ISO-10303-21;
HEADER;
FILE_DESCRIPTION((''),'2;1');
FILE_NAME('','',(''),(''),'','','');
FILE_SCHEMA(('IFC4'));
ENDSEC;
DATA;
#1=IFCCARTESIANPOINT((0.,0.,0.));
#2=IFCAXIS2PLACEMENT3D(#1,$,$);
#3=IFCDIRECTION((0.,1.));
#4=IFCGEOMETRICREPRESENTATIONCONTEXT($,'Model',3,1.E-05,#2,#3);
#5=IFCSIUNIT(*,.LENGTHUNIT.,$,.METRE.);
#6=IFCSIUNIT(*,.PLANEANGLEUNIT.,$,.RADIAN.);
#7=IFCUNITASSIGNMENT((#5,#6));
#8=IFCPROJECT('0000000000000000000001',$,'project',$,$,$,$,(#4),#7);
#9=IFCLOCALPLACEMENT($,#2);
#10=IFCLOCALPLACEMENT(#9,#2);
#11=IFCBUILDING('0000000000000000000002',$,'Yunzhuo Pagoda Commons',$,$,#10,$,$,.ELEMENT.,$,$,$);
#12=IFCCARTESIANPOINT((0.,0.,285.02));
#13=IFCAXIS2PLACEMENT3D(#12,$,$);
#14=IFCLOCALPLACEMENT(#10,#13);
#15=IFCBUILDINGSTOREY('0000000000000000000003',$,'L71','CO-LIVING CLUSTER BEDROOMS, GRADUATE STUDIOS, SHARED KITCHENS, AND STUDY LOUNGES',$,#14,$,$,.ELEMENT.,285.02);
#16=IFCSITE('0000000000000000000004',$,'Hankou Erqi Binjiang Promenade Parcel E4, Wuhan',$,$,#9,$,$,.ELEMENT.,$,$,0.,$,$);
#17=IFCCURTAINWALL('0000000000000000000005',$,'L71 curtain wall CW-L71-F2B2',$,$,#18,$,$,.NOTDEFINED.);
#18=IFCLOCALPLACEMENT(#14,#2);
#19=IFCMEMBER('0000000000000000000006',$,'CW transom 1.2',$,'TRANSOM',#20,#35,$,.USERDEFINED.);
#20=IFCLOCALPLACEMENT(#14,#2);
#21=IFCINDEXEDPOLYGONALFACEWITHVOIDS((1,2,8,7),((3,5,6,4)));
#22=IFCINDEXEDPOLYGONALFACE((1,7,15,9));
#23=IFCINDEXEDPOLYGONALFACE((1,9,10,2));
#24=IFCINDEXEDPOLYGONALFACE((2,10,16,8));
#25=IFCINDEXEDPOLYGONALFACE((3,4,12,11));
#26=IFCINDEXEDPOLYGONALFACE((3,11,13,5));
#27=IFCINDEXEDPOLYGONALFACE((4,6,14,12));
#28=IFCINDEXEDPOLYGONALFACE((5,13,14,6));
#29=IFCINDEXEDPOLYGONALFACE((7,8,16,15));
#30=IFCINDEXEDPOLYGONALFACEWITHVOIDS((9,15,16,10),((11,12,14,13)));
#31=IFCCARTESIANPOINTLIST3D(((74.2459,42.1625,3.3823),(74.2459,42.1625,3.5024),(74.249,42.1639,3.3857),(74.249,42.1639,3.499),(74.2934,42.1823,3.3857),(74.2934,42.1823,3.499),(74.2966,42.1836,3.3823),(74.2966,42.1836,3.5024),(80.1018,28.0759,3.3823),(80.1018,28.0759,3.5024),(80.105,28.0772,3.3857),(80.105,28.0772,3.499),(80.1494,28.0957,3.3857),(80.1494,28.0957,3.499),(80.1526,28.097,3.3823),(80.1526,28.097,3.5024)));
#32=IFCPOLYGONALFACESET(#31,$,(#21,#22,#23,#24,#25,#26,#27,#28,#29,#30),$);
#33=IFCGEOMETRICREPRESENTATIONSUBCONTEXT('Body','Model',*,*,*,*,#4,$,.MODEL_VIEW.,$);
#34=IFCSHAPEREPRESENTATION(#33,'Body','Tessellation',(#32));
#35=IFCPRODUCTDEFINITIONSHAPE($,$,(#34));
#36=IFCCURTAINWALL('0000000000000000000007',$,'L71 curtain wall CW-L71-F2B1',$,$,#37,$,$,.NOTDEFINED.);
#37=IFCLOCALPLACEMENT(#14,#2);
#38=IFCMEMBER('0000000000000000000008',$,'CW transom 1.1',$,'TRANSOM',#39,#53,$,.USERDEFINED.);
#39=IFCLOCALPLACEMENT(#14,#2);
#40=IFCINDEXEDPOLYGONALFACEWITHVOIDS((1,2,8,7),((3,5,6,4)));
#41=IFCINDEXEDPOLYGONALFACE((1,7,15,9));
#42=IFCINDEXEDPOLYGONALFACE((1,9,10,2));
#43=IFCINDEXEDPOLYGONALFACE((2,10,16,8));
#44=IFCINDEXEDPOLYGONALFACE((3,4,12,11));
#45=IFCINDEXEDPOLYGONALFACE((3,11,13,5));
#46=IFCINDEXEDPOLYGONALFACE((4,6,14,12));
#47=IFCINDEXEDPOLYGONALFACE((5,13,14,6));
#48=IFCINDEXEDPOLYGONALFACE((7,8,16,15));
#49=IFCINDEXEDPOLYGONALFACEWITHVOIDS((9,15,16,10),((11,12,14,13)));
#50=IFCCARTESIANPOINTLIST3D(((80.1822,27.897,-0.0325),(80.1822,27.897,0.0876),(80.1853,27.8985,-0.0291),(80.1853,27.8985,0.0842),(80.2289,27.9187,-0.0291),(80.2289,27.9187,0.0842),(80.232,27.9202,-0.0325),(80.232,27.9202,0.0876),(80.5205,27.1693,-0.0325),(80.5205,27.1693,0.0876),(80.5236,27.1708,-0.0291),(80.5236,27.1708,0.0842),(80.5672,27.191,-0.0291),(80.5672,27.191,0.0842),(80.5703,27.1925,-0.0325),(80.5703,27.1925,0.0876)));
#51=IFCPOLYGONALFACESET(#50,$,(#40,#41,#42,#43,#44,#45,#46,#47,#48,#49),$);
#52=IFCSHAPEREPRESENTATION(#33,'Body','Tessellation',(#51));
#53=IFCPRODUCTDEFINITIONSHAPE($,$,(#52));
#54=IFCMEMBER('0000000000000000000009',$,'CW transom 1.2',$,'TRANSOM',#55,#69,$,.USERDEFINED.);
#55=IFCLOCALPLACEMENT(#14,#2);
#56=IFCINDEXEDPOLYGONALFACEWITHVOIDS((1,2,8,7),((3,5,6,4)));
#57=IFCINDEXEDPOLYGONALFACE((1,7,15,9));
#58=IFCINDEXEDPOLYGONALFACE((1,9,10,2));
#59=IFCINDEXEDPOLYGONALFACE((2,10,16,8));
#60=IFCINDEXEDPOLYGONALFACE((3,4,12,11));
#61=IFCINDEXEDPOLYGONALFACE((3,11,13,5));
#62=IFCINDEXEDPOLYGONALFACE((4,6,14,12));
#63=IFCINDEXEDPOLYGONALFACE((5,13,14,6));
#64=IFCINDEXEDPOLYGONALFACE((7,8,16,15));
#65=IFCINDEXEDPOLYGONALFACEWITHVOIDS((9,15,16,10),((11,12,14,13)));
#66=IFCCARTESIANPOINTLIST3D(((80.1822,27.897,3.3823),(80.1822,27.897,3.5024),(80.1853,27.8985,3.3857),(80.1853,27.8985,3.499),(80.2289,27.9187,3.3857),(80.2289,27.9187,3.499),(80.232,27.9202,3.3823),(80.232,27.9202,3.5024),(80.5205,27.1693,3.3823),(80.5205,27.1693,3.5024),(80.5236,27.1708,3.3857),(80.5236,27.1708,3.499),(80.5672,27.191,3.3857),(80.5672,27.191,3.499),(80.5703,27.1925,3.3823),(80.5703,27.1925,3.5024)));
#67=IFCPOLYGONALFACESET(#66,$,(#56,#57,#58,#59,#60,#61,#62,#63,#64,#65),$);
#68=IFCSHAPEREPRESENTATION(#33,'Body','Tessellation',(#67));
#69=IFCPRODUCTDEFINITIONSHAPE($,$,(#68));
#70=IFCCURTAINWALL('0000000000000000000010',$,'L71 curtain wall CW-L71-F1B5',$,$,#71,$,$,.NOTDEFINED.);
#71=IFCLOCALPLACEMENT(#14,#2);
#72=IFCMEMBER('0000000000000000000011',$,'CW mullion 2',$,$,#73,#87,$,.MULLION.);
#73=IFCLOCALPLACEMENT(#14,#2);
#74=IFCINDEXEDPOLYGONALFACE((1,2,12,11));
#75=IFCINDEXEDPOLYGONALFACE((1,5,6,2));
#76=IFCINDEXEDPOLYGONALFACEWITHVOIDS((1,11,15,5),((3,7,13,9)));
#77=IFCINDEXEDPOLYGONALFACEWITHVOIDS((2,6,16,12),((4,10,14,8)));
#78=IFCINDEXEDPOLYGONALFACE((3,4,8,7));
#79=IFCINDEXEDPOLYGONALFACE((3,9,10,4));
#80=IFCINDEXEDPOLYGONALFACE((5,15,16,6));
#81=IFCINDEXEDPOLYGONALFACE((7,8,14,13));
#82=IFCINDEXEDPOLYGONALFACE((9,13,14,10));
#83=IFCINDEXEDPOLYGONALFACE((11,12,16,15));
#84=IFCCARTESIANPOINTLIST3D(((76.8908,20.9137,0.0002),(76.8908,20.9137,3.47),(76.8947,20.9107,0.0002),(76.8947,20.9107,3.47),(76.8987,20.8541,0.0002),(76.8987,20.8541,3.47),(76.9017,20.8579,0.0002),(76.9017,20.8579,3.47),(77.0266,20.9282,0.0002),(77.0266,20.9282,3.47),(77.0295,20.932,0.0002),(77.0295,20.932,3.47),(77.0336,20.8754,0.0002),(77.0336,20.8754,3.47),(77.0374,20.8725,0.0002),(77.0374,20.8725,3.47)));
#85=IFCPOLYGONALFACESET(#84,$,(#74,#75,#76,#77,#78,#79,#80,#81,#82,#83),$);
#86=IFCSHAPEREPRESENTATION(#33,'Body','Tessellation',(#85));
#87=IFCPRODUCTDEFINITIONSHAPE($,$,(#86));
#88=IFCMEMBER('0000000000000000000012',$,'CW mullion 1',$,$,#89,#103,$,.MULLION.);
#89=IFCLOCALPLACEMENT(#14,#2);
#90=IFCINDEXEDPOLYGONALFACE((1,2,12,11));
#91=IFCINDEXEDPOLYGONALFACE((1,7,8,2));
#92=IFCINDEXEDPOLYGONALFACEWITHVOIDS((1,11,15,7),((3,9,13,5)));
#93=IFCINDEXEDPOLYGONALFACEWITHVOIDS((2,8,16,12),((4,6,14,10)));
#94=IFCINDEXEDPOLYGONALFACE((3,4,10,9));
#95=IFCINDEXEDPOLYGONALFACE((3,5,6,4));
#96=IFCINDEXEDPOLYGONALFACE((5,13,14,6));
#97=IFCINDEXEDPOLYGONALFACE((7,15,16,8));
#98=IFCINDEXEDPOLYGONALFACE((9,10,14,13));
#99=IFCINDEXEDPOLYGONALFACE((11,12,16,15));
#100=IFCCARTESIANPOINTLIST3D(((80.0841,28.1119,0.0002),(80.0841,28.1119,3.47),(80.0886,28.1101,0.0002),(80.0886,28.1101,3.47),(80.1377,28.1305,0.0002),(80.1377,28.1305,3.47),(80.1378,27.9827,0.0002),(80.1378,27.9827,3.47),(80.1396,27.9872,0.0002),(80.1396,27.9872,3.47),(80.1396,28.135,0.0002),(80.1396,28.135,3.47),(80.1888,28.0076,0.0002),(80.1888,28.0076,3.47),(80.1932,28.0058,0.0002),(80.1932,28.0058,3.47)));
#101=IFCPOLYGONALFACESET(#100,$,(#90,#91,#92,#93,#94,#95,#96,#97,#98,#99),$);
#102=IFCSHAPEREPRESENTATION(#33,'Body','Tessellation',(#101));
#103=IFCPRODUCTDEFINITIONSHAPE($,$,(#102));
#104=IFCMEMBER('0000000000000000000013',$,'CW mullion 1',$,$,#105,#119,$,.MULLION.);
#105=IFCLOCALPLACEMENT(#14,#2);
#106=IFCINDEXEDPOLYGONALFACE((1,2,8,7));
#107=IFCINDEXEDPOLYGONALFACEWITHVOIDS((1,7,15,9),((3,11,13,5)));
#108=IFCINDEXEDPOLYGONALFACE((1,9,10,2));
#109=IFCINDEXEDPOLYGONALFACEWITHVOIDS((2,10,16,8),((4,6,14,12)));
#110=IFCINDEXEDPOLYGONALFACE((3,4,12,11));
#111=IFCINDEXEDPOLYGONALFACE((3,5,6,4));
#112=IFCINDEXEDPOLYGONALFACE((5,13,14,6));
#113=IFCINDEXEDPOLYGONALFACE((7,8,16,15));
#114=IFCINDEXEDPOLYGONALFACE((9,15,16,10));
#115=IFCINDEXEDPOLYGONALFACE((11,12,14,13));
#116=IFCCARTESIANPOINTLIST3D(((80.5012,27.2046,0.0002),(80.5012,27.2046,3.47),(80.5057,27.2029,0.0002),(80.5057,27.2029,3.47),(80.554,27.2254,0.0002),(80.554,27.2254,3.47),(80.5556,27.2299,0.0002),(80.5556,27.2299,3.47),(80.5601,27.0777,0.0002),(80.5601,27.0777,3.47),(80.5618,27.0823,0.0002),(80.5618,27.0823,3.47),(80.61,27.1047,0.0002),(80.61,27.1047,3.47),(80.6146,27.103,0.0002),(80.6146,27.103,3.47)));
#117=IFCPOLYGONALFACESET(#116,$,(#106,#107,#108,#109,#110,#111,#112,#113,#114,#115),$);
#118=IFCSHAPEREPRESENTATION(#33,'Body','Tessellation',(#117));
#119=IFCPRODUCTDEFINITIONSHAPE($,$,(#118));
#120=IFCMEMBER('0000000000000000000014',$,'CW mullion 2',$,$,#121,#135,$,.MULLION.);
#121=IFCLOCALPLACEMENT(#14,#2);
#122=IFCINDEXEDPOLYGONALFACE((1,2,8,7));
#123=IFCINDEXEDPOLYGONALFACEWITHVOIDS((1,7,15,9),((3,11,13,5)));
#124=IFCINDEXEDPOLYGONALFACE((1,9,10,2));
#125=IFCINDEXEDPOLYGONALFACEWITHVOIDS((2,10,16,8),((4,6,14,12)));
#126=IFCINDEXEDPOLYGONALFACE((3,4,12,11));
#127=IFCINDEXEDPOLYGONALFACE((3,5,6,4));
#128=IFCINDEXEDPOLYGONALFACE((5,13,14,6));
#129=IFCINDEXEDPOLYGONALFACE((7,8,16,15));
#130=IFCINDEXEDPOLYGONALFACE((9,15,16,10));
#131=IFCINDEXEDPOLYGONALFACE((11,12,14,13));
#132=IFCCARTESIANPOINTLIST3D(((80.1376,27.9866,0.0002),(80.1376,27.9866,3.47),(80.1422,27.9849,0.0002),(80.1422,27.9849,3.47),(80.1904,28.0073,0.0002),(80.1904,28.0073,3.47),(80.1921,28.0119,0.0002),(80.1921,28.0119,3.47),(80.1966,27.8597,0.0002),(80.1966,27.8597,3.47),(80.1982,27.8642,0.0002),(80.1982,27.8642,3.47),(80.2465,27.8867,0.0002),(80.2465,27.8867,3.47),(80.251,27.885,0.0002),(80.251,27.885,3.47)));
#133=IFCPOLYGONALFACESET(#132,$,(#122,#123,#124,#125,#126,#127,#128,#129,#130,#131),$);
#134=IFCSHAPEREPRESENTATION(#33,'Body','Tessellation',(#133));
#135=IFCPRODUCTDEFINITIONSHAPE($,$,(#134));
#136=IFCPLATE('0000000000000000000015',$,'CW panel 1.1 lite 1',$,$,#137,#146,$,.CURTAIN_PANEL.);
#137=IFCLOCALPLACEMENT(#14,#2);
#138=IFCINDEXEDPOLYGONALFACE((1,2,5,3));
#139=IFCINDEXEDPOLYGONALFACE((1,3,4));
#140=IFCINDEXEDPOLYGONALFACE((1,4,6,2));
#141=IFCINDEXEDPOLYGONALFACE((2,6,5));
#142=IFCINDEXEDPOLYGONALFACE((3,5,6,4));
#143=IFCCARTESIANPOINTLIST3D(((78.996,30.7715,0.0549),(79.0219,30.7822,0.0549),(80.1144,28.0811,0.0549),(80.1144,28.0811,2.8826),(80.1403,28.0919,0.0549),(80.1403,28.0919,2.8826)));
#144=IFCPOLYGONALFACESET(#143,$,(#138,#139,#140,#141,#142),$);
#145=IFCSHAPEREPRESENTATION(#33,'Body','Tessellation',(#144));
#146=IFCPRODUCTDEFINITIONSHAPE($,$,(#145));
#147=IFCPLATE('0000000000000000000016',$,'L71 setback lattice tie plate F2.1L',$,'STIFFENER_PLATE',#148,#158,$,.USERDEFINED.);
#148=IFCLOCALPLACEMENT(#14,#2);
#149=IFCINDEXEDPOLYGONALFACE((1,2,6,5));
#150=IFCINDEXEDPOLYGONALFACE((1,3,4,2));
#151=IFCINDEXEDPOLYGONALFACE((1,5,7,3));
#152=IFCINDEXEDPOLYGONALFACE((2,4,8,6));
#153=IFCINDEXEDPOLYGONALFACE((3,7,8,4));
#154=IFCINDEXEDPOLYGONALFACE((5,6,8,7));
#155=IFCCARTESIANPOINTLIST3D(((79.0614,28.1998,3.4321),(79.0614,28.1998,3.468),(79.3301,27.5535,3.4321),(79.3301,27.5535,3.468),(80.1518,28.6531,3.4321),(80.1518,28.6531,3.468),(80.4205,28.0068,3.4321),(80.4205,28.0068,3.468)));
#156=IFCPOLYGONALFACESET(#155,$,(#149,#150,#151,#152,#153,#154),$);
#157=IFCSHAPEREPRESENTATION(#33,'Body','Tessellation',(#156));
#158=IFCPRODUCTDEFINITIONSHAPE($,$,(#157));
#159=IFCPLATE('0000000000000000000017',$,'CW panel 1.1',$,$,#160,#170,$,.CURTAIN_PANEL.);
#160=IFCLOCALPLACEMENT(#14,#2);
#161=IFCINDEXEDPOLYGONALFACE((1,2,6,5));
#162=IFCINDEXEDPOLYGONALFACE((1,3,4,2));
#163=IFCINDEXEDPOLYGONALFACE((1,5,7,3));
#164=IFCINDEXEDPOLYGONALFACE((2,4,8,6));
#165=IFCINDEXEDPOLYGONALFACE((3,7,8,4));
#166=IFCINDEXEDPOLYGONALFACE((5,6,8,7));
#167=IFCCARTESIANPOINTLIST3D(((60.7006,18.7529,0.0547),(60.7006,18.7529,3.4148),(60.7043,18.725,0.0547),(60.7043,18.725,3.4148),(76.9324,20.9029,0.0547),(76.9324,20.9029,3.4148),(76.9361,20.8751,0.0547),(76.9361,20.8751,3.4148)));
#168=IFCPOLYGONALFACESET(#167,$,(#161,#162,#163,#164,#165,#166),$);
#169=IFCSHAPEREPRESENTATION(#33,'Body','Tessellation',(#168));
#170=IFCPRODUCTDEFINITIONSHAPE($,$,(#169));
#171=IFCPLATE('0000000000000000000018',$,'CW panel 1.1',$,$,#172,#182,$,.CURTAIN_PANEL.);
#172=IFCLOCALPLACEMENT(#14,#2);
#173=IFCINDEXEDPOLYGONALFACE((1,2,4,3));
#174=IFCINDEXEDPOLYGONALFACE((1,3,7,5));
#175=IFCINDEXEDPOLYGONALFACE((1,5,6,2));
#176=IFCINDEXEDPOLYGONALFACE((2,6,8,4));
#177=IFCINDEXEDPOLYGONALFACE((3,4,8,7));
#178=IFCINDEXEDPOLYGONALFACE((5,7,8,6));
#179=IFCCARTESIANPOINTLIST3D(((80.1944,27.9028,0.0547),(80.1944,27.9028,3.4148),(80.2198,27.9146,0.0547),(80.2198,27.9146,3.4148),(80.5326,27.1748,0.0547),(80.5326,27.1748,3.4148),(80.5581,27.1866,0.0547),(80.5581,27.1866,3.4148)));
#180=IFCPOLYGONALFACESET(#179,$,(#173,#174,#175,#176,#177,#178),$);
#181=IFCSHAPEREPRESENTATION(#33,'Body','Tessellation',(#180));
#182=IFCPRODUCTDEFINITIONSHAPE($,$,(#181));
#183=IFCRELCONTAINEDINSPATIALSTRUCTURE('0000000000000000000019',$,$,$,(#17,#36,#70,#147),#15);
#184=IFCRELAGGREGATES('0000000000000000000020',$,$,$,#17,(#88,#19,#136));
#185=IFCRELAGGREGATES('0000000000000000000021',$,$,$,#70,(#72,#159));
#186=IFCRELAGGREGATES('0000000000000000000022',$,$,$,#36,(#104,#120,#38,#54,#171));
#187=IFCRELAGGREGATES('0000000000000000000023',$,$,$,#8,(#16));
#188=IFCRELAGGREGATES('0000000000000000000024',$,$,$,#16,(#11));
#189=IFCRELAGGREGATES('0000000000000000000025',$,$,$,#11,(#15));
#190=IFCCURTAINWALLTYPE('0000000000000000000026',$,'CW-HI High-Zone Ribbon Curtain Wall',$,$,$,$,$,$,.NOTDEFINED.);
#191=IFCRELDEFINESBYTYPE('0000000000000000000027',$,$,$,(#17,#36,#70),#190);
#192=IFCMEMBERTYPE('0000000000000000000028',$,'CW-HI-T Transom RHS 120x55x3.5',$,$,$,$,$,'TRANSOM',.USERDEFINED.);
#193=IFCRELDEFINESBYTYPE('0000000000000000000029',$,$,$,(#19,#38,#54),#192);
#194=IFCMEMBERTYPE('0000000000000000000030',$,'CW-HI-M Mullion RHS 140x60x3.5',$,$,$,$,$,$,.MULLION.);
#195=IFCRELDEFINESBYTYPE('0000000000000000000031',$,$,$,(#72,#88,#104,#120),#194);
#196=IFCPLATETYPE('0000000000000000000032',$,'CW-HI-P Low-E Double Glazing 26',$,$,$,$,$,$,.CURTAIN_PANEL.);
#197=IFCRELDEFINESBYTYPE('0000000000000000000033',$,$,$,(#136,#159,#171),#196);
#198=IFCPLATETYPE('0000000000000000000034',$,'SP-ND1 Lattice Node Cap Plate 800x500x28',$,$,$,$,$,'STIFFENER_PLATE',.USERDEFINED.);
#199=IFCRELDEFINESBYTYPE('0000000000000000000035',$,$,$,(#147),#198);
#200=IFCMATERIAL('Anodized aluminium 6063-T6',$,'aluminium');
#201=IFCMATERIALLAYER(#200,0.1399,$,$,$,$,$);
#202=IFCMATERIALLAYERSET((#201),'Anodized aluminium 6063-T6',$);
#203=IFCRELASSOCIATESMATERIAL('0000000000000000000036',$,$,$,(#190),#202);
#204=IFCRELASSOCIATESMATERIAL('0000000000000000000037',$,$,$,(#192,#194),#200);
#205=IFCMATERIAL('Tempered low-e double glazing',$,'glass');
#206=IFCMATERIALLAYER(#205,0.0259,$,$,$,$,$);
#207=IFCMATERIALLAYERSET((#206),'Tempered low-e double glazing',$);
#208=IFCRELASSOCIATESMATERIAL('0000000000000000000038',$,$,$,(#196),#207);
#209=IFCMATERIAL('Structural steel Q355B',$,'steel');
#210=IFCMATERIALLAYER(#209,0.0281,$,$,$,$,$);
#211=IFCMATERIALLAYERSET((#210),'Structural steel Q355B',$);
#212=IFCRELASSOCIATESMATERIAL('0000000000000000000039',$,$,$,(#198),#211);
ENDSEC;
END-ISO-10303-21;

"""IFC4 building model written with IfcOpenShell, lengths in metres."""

from ifc_helpers import new_model, si_unit, direction, frame, origin, origin_2d, place, context, subcontext, project, spatial, polyline, rectangle, hollow_rectangle, outline, extrude, source, transform, mapped, material, layer, layer_set, material_profile, profile_set, type_object, element, aggregate, save


model = new_model("IFC4")

# Units and contexts
model_context = context("Model", 3, precision=1e-05, world=origin(), true_north=direction((0.0, 1.0)))
body_context = subcontext(model_context, "Body", "Model", "MODEL_VIEW")
ifc_project = project(units=[si_unit("LENGTHUNIT", "METRE"), si_unit("PLANEANGLEUNIT", "RADIAN")], contexts=[model_context])

# Site, building, storey
site_placement = place(None, origin())
site = spatial("IfcSite", under=ifc_project, at=site_placement, Name="Hankou Erqi Binjiang Promenade Parcel E4, Wuhan", CompositionType="ELEMENT", RefElevation=0.0)
building_placement = place(site_placement, origin())
building = spatial("IfcBuilding", under=site, at=building_placement, Name="Yunzhuo Pagoda Commons", CompositionType="ELEMENT")
storey_placement = place(building_placement, frame((0.0, 0.0, 285.02)))
storey = spatial("IfcBuildingStorey", under=building, at=storey_placement, Name="L71", Description="CO-LIVING CLUSTER BEDROOMS, GRADUATE STUDIOS, SHARED KITCHENS, AND STUDY LOUNGES", CompositionType="ELEMENT", Elevation=285.02)

# Shared definitions
ifc_material_1 = material(Name="Structural steel Q355B", Category="steel")

# Curtain walls, members
ifc_material_2 = material(Name="Anodized aluminium 6063-T6", Category="aluminium")
ifc_layer_1 = layer(ifc_material_2, 0.1399)
ifc_layer_set_1 = layer_set([ifc_layer_1], Name="Anodized aluminium 6063-T6")
curtain_wall_type = type_object("IfcCurtainWallType", Name="CW-HI High-Zone Ribbon Curtain Wall", PredefinedType="NOTDEFINED", material=ifc_layer_set_1)
curtain_wall_1_placement = place(storey_placement, origin())
curtain_wall_1 = element("IfcCurtainWall", 1, at=curtain_wall_1_placement, inside=storey, type_object=curtain_wall_type, Name="L71 curtain wall CW-L71-F2B2", PredefinedType="NOTDEFINED")
ifc_material_profile_1 = material_profile(ifc_material_2, hollow_rectangle(XDim=0.0549, YDim=0.1201, WallThickness=0.0034, at=origin_2d()), Name="Anodized aluminium 6063-T6")
ifc_profile_set_1 = profile_set([ifc_material_profile_1], Name="Anodized aluminium 6063-T6")
member_type_1 = type_object("IfcMemberType", Name="CW-HI-T Transom RHS 120x55x3.5", ElementType="TRANSOM", PredefinedType="USERDEFINED", material=ifc_profile_set_1)
shared_shape_1 = source(origin(), body_context, "Body", "SweptSolid", [
    extrude(hollow_rectangle(XDim=0.0549, YDim=0.1201, WallThickness=0.0034, at=origin_2d()), origin(), (0.0, 0.0, 1.0), 15.2554),
])
member_1_placement = place(storey_placement, frame((80.1272, 28.0864, 3.4424), z_axis=(-0.383862, 0.923391, 0.0), x_axis=(-0.923391, -0.383862, 0.0)))
member_1 = element("IfcMember", 2, at=member_1_placement, type_object=member_type_1, Name="CW transom 1.2", ObjectType="TRANSOM", PredefinedType="USERDEFINED", context=body_context, shape_type="MappedRepresentation", body=[
    mapped(shared_shape_1, transform((0.0, 0.0, 0.0), scale=1.0)),
])
curtain_wall_2_placement = place(storey_placement, origin())
curtain_wall_2 = element("IfcCurtainWall", 3, at=curtain_wall_2_placement, inside=storey, type_object=curtain_wall_type, Name="L71 curtain wall CW-L71-F2B1", PredefinedType="NOTDEFINED")
shared_shape_2 = source(origin(), body_context, "Body", "SweptSolid", [
    extrude(hollow_rectangle(XDim=0.0549, YDim=0.1201, WallThickness=0.0034, at=origin_2d()), origin(), (0.0, 0.0, 1.0), 0.8025),
])
member_2_placement = place(storey_placement, frame((80.5454, 27.1809, 0.0276), z_axis=(-0.421603, 0.906781, 0.0), x_axis=(-0.906781, -0.421603, 0.0)))
member_2 = element("IfcMember", 4, at=member_2_placement, type_object=member_type_1, Name="CW transom 1.1", ObjectType="TRANSOM", PredefinedType="USERDEFINED", context=body_context, shape_type="MappedRepresentation", body=[
    mapped(shared_shape_2, transform((0.0, 0.0, 0.0), scale=1.0)),
])
member_3_placement = place(storey_placement, frame((80.5454, 27.1809, 3.4424), z_axis=(-0.421603, 0.906781, 0.0), x_axis=(-0.906781, -0.421603, 0.0)))
member_3 = element("IfcMember", 5, at=member_3_placement, type_object=member_type_1, Name="CW transom 1.2", ObjectType="TRANSOM", PredefinedType="USERDEFINED", context=body_context, shape_type="MappedRepresentation", body=[
    mapped(shared_shape_2, transform((0.0, 0.0, 0.0), scale=1.0)),
])

# Curtain wall, member
curtain_wall_3_placement = place(storey_placement, origin())
curtain_wall_3 = element("IfcCurtainWall", 6, at=curtain_wall_3_placement, inside=storey, type_object=curtain_wall_type, Name="L71 curtain wall CW-L71-F1B5", PredefinedType="NOTDEFINED")
ifc_material_profile_2 = material_profile(ifc_material_2, hollow_rectangle(XDim=0.0601, YDim=0.1399, WallThickness=0.0034, at=origin_2d()), Name="Anodized aluminium 6063-T6")
ifc_profile_set_2 = profile_set([ifc_material_profile_2], Name="Anodized aluminium 6063-T6")
member_type_2 = type_object("IfcMemberType", Name="CW-HI-M Mullion RHS 140x60x3.5", PredefinedType="MULLION", material=ifc_profile_set_2)
shared_shape_3 = source(origin(), body_context, "Body", "SweptSolid", [
    extrude(hollow_rectangle(XDim=0.0601, YDim=0.1399, WallThickness=0.0034, at=origin_2d()), origin(), (0.0, 0.0, 1.0), 3.4697),
])
member_4_placement = place(storey_placement, frame((76.9641, 20.8931, 0.0002), z_axis=(0.0, 0.0, 1.0), x_axis=(-0.131311, 0.991341, 0.0)))
member_4 = element("IfcMember", 7, at=member_4_placement, type_object=member_type_2, Name="CW mullion 2", PredefinedType="MULLION", context=body_context, shape_type="MappedRepresentation", body=[
    mapped(shared_shape_3, transform((0.0, 0.0, 0.0), scale=1.0)),
])

# Members
member_5_placement = place(storey_placement, frame((80.1387, 28.0588, 0.0002), z_axis=(0.0, 0.0, 1.0), x_axis=(-0.923394, -0.383855, 0.0)))
member_5 = element("IfcMember", 8, at=member_5_placement, type_object=member_type_2, Name="CW mullion 1", PredefinedType="MULLION", context=body_context, shape_type="MappedRepresentation", body=[
    mapped(shared_shape_3, transform((0.0, 0.0, 0.0), scale=1.0)),
])
member_6_placement = place(storey_placement, frame((80.5579, 27.1538, 0.0002), z_axis=(0.0, 0.0, 1.0), x_axis=(-0.906871, -0.421407, 0.0)))
member_6 = element("IfcMember", 9, at=member_6_placement, type_object=member_type_2, Name="CW mullion 1", PredefinedType="MULLION", context=body_context, shape_type="MappedRepresentation", body=[
    mapped(shared_shape_3, transform((0.0, 0.0, 0.0), scale=1.0)),
])
member_7_placement = place(storey_placement, frame((80.1943, 27.9358, 0.0002), z_axis=(0.0, 0.0, 1.0), x_axis=(-0.906871, -0.421407, 0.0)))
member_7 = element("IfcMember", 10, at=member_7_placement, type_object=member_type_2, Name="CW mullion 2", PredefinedType="MULLION", context=body_context, shape_type="MappedRepresentation", body=[
    mapped(shared_shape_3, transform((0.0, 0.0, 0.0), scale=1.0)),
])

# Plates
ifc_material_3 = material(Name="Tempered low-e double glazing", Category="glass")
ifc_layer_2 = layer(ifc_material_3, 0.0259)
ifc_layer_set_2 = layer_set([ifc_layer_2], Name="Tempered low-e double glazing")
plate_type_1 = type_object("IfcPlateType", Name="CW-HI-P Low-E Double Glazing 26", PredefinedType="CURTAIN_PANEL", material=ifc_layer_set_2)
plate_1_placement = place(storey_placement, frame((79.5552, 29.4263, 1.4688), z_axis=(0.923394, 0.383855, 0.0), x_axis=(-0.383855, 0.923394, 0.0)))
plate_1 = element("IfcPlate", 11, at=plate_1_placement, type_object=plate_type_1, Name="CW panel 1.1 lite 1", PredefinedType="CURTAIN_PANEL", context=body_context, shape_type="SweptSolid", body=[
    extrude(outline(polyline([(-1.4568, -1.4138), (1.4568, -1.4138), (-1.4568, 1.4138), (-1.4568, -1.4138)])), origin(), (0.0, 0.0, 1.0), 0.0281),
])
aggregate(curtain_wall_1, [member_5, member_1, plate_1])
ifc_layer_3 = layer(ifc_material_1, 0.0281)
ifc_layer_set_3 = layer_set([ifc_layer_3], Name="Structural steel Q355B")
plate_type_2 = type_object("IfcPlateType", Name="SP-ND1 Lattice Node Cap Plate 800x500x28", ElementType="STIFFENER_PLATE", PredefinedType="USERDEFINED", material=ifc_layer_set_3)
shared_shape_4 = source(origin(), body_context, "Body", "SweptSolid", [
    extrude(rectangle(XDim=0.7, YDim=1.1809, at=origin_2d()), origin(), (0.0, 0.0, 1.0), 0.0359),
])
plate_2_placement = place(storey_placement, frame((79.741, 28.1033, 3.4321), z_axis=(0.0, 0.0, 1.0), x_axis=(-0.38386, 0.923391, 0.0)))
element("IfcPlate", 12, at=plate_2_placement, inside=storey, type_object=plate_type_2, Name="L71 setback lattice tie plate F2.1L", ObjectType="STIFFENER_PLATE", PredefinedType="USERDEFINED", context=body_context, shape_type="MappedRepresentation", body=[
    mapped(shared_shape_4, transform((0.0, 0.0, 0.0), scale=1.0)),
])
shared_shape_5 = source(origin(), body_context, "Body", "SweptSolid", [
    extrude(rectangle(XDim=16.3735, YDim=0.0281, at=origin_2d()), origin(), (0.0, 0.0, 1.0), 3.3601),
])
plate_3_placement = place(storey_placement, frame((68.8184, 19.814, 0.0547), z_axis=(0.0, 0.0, 1.0), x_axis=(0.991341, 0.131311, 0.0)))
plate_3 = element("IfcPlate", 13, at=plate_3_placement, type_object=plate_type_1, Name="CW panel 1.1", PredefinedType="CURTAIN_PANEL", context=body_context, shape_type="MappedRepresentation", body=[
    mapped(shared_shape_5, transform((0.0, 0.0, 0.0), scale=1.0)),
])
aggregate(curtain_wall_3, [member_4, plate_3])
shared_shape_6 = source(origin(), body_context, "Body", "SweptSolid", [
    extrude(rectangle(XDim=0.8027, YDim=0.0281, at=origin_2d()), origin(), (0.0, 0.0, 1.0), 3.3601),
])
plate_4_placement = place(storey_placement, frame((80.3762, 27.5447, 0.0547), z_axis=(0.0, 0.0, 1.0), x_axis=(-0.421407, 0.906871, 0.0)))
plate_4 = element("IfcPlate", 14, at=plate_4_placement, type_object=plate_type_1, Name="CW panel 1.1", PredefinedType="CURTAIN_PANEL", context=body_context, shape_type="MappedRepresentation", body=[
    mapped(shared_shape_6, transform((0.0, 0.0, 0.0), scale=1.0)),
])
aggregate(curtain_wall_2, [member_6, member_7, member_2, member_3, plate_4])

save(model, "model.ifc")
